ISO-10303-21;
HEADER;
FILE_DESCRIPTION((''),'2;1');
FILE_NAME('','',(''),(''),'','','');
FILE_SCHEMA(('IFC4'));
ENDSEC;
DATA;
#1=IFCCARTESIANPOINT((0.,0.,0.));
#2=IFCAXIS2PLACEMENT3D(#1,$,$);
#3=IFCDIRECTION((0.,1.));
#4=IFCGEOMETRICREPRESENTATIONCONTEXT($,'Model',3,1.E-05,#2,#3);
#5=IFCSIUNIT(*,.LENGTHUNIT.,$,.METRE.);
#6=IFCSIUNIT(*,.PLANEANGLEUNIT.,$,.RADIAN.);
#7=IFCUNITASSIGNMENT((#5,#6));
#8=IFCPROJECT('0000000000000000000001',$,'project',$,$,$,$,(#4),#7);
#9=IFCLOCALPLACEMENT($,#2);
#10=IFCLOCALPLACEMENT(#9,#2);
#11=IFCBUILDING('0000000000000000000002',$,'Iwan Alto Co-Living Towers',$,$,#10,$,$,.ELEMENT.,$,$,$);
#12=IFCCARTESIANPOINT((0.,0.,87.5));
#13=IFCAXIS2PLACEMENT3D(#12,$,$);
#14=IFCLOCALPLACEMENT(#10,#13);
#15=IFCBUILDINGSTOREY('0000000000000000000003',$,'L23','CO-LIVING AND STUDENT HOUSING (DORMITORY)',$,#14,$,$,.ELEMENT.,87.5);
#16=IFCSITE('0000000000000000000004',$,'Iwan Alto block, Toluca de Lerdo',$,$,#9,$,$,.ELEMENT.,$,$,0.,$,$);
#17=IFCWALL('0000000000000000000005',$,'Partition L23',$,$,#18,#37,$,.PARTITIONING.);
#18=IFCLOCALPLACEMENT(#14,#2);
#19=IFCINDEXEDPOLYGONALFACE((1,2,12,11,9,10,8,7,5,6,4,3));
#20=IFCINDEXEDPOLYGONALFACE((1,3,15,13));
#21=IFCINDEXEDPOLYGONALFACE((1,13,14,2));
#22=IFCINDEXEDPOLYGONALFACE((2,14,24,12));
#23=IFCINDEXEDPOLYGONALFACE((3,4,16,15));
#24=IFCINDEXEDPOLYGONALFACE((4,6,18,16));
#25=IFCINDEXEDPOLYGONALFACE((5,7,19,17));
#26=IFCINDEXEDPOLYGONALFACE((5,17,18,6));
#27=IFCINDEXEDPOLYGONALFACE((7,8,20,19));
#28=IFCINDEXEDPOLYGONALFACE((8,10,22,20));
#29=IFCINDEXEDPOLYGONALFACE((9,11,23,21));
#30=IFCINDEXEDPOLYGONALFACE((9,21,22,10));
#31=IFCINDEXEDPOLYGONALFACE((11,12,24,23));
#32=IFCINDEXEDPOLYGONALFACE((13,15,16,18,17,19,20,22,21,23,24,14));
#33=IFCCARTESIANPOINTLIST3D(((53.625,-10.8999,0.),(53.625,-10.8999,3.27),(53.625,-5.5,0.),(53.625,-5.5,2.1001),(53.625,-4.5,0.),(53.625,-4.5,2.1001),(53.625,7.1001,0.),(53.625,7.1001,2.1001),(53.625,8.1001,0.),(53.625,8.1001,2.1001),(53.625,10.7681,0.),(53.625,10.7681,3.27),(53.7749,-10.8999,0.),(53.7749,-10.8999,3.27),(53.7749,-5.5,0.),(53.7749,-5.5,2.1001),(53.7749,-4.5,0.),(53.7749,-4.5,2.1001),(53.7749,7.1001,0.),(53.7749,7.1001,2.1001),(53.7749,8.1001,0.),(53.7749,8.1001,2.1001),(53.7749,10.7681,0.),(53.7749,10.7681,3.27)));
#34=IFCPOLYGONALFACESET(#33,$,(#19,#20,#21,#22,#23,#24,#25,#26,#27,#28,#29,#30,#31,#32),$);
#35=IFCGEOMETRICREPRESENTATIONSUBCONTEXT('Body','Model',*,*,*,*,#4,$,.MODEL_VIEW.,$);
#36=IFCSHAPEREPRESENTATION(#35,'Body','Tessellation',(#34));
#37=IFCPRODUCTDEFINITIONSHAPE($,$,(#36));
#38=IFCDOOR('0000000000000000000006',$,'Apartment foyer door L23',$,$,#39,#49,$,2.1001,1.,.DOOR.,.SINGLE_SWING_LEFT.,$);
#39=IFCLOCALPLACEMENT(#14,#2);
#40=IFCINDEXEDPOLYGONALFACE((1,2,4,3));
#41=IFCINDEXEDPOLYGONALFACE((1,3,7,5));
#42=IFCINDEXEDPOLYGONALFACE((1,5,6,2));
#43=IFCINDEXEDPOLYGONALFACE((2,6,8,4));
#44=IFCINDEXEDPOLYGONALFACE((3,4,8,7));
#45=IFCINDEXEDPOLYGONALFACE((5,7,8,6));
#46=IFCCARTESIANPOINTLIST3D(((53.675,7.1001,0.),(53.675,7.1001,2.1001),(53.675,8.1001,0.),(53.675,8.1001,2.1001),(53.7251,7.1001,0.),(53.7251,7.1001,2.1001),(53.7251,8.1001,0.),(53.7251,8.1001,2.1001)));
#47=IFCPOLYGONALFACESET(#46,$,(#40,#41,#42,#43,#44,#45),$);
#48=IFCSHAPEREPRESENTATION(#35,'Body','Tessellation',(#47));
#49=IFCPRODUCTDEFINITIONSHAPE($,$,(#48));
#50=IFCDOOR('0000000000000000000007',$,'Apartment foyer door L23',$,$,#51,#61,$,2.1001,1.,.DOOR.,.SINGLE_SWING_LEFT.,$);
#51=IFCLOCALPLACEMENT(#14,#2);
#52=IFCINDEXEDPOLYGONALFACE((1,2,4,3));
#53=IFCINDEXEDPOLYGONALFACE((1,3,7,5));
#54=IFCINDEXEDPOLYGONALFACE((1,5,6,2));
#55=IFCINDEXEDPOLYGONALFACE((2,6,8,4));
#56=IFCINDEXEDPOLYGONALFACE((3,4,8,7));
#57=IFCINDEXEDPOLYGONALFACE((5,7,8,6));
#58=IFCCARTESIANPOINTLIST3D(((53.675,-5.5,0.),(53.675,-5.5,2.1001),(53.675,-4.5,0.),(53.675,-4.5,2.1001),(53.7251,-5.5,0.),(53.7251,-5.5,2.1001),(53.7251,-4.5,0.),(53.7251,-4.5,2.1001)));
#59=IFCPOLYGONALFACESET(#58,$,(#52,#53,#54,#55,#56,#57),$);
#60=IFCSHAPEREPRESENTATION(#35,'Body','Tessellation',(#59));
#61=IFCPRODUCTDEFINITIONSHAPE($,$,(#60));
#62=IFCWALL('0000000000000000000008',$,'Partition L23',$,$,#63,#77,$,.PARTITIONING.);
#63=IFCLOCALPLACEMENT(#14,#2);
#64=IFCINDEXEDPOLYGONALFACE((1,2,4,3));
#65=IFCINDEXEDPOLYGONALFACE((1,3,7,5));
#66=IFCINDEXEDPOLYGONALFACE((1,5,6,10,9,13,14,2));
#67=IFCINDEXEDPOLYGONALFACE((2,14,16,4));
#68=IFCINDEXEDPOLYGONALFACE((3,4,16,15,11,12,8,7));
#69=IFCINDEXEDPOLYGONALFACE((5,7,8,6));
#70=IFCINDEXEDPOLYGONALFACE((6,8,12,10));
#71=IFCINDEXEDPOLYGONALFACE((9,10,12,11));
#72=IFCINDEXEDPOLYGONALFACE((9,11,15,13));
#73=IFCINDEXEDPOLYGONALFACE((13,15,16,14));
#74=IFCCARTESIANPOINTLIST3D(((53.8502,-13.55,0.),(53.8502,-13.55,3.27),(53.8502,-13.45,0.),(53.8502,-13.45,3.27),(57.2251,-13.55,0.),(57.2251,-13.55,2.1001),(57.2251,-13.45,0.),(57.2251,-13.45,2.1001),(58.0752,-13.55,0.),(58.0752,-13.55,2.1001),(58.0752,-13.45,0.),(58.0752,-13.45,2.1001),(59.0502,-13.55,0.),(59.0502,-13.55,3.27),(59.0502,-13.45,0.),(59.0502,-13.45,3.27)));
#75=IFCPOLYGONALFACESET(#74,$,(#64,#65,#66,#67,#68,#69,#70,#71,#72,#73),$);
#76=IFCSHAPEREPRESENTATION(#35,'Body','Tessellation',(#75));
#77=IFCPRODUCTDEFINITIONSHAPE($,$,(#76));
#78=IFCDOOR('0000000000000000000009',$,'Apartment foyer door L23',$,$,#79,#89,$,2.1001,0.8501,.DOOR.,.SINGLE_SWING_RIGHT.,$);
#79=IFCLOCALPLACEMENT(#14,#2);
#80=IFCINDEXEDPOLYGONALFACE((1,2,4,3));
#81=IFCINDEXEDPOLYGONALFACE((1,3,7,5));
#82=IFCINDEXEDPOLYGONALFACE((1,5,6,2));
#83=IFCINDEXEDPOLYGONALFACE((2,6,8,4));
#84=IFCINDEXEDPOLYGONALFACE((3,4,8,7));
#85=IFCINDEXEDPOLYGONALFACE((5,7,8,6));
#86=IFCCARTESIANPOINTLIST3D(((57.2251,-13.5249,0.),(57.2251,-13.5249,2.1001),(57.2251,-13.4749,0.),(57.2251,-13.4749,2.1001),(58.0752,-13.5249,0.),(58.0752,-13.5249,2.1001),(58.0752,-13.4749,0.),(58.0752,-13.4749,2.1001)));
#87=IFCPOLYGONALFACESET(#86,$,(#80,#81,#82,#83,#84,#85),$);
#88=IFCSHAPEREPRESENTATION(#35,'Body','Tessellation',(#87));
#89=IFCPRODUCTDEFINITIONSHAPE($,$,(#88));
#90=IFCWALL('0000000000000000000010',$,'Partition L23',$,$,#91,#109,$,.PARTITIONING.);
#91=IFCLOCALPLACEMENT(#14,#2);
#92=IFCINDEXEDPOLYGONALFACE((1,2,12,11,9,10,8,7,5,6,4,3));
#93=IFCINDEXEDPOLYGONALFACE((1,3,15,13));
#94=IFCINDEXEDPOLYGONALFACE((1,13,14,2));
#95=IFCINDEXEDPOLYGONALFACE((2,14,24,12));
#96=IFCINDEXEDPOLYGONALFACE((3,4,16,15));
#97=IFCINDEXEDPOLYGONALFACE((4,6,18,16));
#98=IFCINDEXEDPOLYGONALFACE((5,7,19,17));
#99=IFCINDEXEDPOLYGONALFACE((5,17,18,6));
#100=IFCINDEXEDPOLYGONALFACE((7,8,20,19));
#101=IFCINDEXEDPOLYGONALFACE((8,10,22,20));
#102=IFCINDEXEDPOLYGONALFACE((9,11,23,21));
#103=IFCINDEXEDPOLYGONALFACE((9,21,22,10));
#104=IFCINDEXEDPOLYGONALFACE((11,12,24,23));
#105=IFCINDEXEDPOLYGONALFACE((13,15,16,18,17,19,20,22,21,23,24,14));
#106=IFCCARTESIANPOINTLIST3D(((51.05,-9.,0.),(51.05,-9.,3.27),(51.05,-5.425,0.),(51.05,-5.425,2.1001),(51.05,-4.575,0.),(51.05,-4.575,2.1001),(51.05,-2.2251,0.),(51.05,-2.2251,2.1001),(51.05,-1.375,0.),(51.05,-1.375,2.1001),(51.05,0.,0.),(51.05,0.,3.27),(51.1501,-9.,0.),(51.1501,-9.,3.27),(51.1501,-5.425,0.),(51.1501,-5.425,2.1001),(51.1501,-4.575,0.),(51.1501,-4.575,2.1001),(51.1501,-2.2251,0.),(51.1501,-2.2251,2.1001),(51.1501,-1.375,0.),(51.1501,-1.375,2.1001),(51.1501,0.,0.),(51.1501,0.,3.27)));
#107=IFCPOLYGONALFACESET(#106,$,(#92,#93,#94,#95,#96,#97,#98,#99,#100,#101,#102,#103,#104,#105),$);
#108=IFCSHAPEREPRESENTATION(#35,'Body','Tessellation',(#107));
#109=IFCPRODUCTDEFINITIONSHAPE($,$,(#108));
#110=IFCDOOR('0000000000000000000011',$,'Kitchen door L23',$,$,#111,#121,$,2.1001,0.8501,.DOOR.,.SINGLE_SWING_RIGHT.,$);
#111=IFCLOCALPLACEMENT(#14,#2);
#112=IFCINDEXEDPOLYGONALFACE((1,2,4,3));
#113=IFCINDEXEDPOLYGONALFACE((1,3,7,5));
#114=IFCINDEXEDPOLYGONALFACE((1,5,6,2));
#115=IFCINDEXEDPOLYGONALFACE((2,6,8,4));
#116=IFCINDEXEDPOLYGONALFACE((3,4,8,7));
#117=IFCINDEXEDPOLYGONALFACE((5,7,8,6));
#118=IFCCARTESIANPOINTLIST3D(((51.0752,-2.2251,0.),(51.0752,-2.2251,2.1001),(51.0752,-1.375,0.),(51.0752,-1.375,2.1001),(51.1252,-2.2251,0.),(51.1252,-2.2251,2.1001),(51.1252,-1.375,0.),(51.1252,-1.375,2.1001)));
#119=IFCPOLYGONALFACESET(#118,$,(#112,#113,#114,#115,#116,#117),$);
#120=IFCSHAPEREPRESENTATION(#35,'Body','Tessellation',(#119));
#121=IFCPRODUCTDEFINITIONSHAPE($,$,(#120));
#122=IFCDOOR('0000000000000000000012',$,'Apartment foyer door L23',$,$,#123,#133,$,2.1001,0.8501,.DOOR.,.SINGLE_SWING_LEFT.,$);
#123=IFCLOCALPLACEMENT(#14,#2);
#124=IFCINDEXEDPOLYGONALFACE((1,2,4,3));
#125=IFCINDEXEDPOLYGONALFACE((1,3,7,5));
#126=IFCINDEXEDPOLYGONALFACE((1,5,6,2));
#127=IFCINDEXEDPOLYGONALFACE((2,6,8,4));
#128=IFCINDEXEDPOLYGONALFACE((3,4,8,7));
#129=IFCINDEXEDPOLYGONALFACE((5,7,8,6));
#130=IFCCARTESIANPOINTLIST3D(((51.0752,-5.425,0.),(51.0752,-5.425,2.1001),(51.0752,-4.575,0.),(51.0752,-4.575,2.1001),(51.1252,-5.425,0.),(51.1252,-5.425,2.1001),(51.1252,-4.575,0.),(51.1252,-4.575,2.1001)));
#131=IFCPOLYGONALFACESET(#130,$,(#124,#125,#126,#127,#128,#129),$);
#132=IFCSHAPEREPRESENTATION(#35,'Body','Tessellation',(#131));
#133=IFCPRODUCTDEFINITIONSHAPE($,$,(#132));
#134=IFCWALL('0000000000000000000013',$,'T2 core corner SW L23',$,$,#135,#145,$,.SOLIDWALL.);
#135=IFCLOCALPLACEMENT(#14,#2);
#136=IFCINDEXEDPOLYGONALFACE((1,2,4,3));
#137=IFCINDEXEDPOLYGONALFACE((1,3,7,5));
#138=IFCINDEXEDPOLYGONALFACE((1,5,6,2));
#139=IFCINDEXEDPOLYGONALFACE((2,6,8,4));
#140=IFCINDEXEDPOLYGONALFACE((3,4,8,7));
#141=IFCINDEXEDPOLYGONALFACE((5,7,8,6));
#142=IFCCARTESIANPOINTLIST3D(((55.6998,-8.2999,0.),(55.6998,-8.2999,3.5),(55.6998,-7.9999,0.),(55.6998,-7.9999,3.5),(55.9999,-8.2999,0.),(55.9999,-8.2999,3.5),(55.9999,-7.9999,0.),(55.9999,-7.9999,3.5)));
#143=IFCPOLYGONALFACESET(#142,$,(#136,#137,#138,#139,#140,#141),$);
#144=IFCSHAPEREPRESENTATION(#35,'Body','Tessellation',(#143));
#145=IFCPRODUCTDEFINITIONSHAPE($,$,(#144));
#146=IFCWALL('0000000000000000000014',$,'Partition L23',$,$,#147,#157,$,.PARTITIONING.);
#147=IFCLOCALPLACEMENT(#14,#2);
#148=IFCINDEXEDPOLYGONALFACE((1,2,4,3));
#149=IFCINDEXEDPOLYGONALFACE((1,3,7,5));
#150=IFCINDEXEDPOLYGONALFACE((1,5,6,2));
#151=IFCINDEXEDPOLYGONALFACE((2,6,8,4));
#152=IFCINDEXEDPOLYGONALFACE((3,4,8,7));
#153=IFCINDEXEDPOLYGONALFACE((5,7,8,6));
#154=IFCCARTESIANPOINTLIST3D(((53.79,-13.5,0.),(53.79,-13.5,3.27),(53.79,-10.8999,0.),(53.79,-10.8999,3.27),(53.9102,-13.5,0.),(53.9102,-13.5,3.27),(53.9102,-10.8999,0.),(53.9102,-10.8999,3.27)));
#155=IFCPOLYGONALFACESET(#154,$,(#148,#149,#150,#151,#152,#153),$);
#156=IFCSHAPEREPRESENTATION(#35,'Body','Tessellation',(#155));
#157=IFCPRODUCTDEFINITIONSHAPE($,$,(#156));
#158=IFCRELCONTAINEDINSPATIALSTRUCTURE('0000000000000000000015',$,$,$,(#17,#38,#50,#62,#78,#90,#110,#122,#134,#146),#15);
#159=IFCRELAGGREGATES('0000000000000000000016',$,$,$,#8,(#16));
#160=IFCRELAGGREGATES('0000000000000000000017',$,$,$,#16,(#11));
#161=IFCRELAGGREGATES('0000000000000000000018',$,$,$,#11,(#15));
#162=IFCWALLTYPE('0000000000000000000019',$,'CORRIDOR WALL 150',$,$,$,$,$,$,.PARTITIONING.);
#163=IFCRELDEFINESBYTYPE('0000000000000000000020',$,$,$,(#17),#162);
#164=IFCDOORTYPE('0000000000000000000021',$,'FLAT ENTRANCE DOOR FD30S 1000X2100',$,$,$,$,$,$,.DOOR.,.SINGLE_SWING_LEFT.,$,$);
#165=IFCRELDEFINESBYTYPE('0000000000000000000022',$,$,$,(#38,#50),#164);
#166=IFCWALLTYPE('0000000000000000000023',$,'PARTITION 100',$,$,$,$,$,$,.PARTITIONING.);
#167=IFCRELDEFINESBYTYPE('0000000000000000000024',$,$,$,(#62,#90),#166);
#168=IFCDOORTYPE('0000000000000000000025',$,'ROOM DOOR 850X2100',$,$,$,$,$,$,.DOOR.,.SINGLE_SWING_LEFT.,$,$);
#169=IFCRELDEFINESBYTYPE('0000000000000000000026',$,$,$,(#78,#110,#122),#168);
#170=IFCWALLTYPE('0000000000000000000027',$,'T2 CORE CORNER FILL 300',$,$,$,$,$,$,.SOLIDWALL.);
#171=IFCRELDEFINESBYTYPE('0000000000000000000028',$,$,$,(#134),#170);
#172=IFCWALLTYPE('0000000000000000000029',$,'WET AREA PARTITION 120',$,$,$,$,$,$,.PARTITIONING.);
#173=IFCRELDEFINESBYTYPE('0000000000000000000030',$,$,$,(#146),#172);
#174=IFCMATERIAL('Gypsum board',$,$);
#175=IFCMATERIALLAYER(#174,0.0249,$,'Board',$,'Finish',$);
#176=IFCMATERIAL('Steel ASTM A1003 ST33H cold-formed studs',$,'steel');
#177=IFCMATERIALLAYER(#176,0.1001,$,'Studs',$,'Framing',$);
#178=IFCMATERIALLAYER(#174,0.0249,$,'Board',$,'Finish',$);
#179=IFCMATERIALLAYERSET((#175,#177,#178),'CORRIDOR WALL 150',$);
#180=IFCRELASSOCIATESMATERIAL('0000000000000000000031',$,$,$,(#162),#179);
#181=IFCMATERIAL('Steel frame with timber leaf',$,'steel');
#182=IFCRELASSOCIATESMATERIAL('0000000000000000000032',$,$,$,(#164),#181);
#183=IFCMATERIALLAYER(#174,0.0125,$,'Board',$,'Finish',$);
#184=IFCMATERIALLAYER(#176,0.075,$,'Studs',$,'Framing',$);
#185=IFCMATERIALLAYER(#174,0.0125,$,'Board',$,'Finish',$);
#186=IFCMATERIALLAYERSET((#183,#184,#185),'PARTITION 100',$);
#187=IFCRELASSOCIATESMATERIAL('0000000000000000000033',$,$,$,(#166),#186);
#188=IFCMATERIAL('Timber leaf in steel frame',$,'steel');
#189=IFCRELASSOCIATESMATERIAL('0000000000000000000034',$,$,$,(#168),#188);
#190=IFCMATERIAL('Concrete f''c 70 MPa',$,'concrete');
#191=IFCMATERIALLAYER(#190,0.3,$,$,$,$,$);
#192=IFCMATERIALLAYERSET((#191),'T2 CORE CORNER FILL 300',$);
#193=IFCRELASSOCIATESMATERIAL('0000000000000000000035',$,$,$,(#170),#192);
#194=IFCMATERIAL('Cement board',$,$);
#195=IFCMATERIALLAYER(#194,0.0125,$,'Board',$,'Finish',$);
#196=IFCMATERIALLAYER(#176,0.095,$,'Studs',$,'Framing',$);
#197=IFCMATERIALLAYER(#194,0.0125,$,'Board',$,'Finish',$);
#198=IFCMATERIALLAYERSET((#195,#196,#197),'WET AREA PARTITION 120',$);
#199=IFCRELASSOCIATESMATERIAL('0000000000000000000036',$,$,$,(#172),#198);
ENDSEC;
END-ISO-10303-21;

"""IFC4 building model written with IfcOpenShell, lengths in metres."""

from ifc_helpers import new_model, si_unit, direction, frame, frame_2d, origin, place, context, subcontext, project, spatial, rectangle, extrude, material, layer, layer_set, type_object, element, fill, save


model = new_model("IFC4")

# Units and contexts
model_context = context("Model", 3, precision=1e-05, world=origin(), true_north=direction((0.0, 1.0)))
body_context = subcontext(model_context, "Body", "Model", "MODEL_VIEW")
ifc_project = project(units=[si_unit("LENGTHUNIT", "METRE"), si_unit("PLANEANGLEUNIT", "RADIAN")], contexts=[model_context])

# Site, building, storey
site_placement = place(None, origin())
site = spatial("IfcSite", under=ifc_project, at=site_placement, Name="Iwan Alto block, Toluca de Lerdo", CompositionType="ELEMENT", RefElevation=0.0)
building_placement = place(site_placement, origin())
building = spatial("IfcBuilding", under=site, at=building_placement, Name="Iwan Alto Co-Living Towers", CompositionType="ELEMENT")
storey_placement = place(building_placement, frame((0.0, 0.0, 87.5)))
storey = spatial("IfcBuildingStorey", under=building, at=storey_placement, Name="L23", Description="CO-LIVING AND STUDENT HOUSING (DORMITORY)", CompositionType="ELEMENT", Elevation=87.5)

# Wall, openings, doors
ifc_material_1 = material(Name="Gypsum board")
ifc_layer_1 = layer(ifc_material_1, 0.0249, Name="Board", Category="Finish")
ifc_material_2 = material(Name="Steel ASTM A1003 ST33H cold-formed studs", Category="steel")
ifc_layer_2 = layer(ifc_material_2, 0.1001, Name="Studs", Category="Framing")
ifc_layer_3 = layer(ifc_material_1, 0.0249, Name="Board", Category="Finish")
ifc_layer_set_1 = layer_set([ifc_layer_1, ifc_layer_2, ifc_layer_3], Name="CORRIDOR WALL 150")
wall_type_1 = type_object("IfcWallType", Name="CORRIDOR WALL 150", PredefinedType="PARTITIONING", material=ifc_layer_set_1)
ifc_material_3 = material(Name="Steel frame with timber leaf", Category="steel")
door_type_1 = type_object("IfcDoorType", Name="FLAT ENTRANCE DOOR FD30S 1000X2100", OperationType="SINGLE_SWING_LEFT", PredefinedType="DOOR", material=ifc_material_3)
wall_1_placement = place(storey_placement, frame((53.7, -10.8999, 0.0), z_axis=(0.0, 0.0, 1.0), x_axis=(0.0, 1.0, 0.0)))
wall_1 = element("IfcWall", 1, at=wall_1_placement, inside=storey, type_object=wall_type_1, Name="Partition L23", PredefinedType="PARTITIONING", context=body_context, shape_type="SweptSolid", body=[
    extrude(rectangle(XDim=21.668, YDim=0.1499, at=frame_2d((10.834, 0.0))), origin(), (0.0, 0.0, 1.0), 3.27),
])
opening_1_placement = place(wall_1_placement, frame((18.0, 0.0, 0.0)))
opening_1 = element("IfcOpeningElement", 2, at=opening_1_placement, cuts=wall_1, PredefinedType="OPENING", context=body_context, shape_type="SweptSolid", body=[
    extrude(rectangle(XDim=1.0, YDim=2.1001, at=frame_2d((0.5, 1.05))), frame((0.0, 0.085, 0.0), z_axis=(0.0, -1.0, 0.0), x_axis=(1.0, 0.0, 0.0)), (0.0, 0.0, 1.0), 0.1699),
])
opening_2_placement = place(wall_1_placement, frame((5.3999, 0.0, 0.0)))
opening_2 = element("IfcOpeningElement", 3, at=opening_2_placement, cuts=wall_1, PredefinedType="OPENING", context=body_context, shape_type="SweptSolid", body=[
    extrude(rectangle(XDim=1.0, YDim=2.1001, at=frame_2d((0.5, 1.05))), frame((0.0, 0.085, 0.0), z_axis=(0.0, -1.0, 0.0), x_axis=(1.0, 0.0, 0.0)), (0.0, 0.0, 1.0), 0.1699),
])
door_1_placement = place(opening_1_placement, origin())
door_1 = element("IfcDoor", 4, at=door_1_placement, inside=storey, type_object=door_type_1, Name="Apartment foyer door L23", OperationType="SINGLE_SWING_LEFT", OverallHeight=2.1001, OverallWidth=1.0, PredefinedType="DOOR", context=body_context, shape_type="SweptSolid", body=[
    extrude(rectangle(XDim=1.0, YDim=2.1001, at=frame_2d((0.5, 1.05))), frame((0.0, 0.0249, 0.0), z_axis=(0.0, -1.0, 0.0), x_axis=(1.0, 0.0, 0.0)), (0.0, 0.0, 1.0), 0.05),
])
fill(opening_1, door_1)
door_2_placement = place(opening_2_placement, origin())
door_2 = element("IfcDoor", 5, at=door_2_placement, inside=storey, type_object=door_type_1, Name="Apartment foyer door L23", OperationType="SINGLE_SWING_LEFT", OverallHeight=2.1001, OverallWidth=1.0, PredefinedType="DOOR", context=body_context, shape_type="SweptSolid", body=[
    extrude(rectangle(XDim=1.0, YDim=2.1001, at=frame_2d((0.5, 1.05))), frame((0.0, 0.0249, 0.0), z_axis=(0.0, -1.0, 0.0), x_axis=(1.0, 0.0, 0.0)), (0.0, 0.0, 1.0), 0.05),
])
fill(opening_2, door_2)

# Wall, opening, door
ifc_layer_4 = layer(ifc_material_1, 0.0125, Name="Board", Category="Finish")
ifc_layer_5 = layer(ifc_material_2, 0.075, Name="Studs", Category="Framing")
ifc_layer_6 = layer(ifc_material_1, 0.0125, Name="Board", Category="Finish")
ifc_layer_set_2 = layer_set([ifc_layer_4, ifc_layer_5, ifc_layer_6], Name="PARTITION 100")
wall_type_2 = type_object("IfcWallType", Name="PARTITION 100", PredefinedType="PARTITIONING", material=ifc_layer_set_2)
wall_2_placement = place(storey_placement, frame((53.8501, -13.5, 0.0), z_axis=(0.0, 0.0, 1.0), x_axis=(1.0, 0.0, 0.0)))
wall_2 = element("IfcWall", 6, at=wall_2_placement, inside=storey, type_object=wall_type_2, Name="Partition L23", PredefinedType="PARTITIONING", context=body_context, shape_type="SweptSolid", body=[
    extrude(rectangle(XDim=5.2, YDim=0.1001, at=frame_2d((2.6001, 0.0))), origin(), (0.0, 0.0, 1.0), 3.27),
])
opening_3_placement = place(wall_2_placement, frame((3.375, 0.0, 0.0)))
opening_3 = element("IfcOpeningElement", 7, at=opening_3_placement, cuts=wall_2, PredefinedType="OPENING", context=body_context, shape_type="SweptSolid", body=[
    extrude(rectangle(XDim=0.8501, YDim=2.1001, at=frame_2d((0.425, 1.05))), frame((0.0, 0.0601, 0.0), z_axis=(0.0, -1.0, 0.0), x_axis=(1.0, 0.0, 0.0)), (0.0, 0.0, 1.0), 0.1201),
])
ifc_material_4 = material(Name="Timber leaf in steel frame", Category="steel")
door_type_2 = type_object("IfcDoorType", Name="ROOM DOOR 850X2100", OperationType="SINGLE_SWING_LEFT", PredefinedType="DOOR", material=ifc_material_4)
door_3_placement = place(opening_3_placement, frame((0.8501, 0.0, 0.0), z_axis=(0.0, 0.0, 1.0), x_axis=(-1.0, 0.0, 0.0)))
door_3 = element("IfcDoor", 8, at=door_3_placement, inside=storey, type_object=door_type_2, Name="Apartment foyer door L23", OperationType="SINGLE_SWING_RIGHT", OverallHeight=2.1001, OverallWidth=0.8501, PredefinedType="DOOR", context=body_context, shape_type="SweptSolid", body=[
    extrude(rectangle(XDim=0.8501, YDim=2.1001, at=frame_2d((0.425, 1.05))), frame((0.0, 0.0249, 0.0), z_axis=(0.0, -1.0, 0.0), x_axis=(1.0, 0.0, 0.0)), (0.0, 0.0, 1.0), 0.05),
])
fill(opening_3, door_3)

# Wall, openings, doors
wall_3_placement = place(storey_placement, frame((51.1001, -9.0, 0.0), z_axis=(0.0, 0.0, 1.0), x_axis=(0.0, 1.0, 0.0)))
wall_3 = element("IfcWall", 9, at=wall_3_placement, inside=storey, type_object=wall_type_2, Name="Partition L23", PredefinedType="PARTITIONING", context=body_context, shape_type="SweptSolid", body=[
    extrude(rectangle(XDim=9.0, YDim=0.1001, at=frame_2d((4.5, 0.0))), origin(), (0.0, 0.0, 1.0), 3.27),
])
opening_4_placement = place(wall_3_placement, frame((6.7749, 0.0, 0.0)))
opening_4 = element("IfcOpeningElement", 10, at=opening_4_placement, cuts=wall_3, PredefinedType="OPENING", context=body_context, shape_type="SweptSolid", body=[
    extrude(rectangle(XDim=0.8501, YDim=2.1001, at=frame_2d((0.425, 1.05))), frame((0.0, 0.0601, 0.0), z_axis=(0.0, -1.0, 0.0), x_axis=(1.0, 0.0, 0.0)), (0.0, 0.0, 1.0), 0.1201),
])
opening_5_placement = place(wall_3_placement, frame((3.575, 0.0, 0.0)))
opening_5 = element("IfcOpeningElement", 11, at=opening_5_placement, cuts=wall_3, PredefinedType="OPENING", context=body_context, shape_type="SweptSolid", body=[
    extrude(rectangle(XDim=0.8501, YDim=2.1001, at=frame_2d((0.425, 1.05))), frame((0.0, 0.0601, 0.0), z_axis=(0.0, -1.0, 0.0), x_axis=(1.0, 0.0, 0.0)), (0.0, 0.0, 1.0), 0.1201),
])
door_4_placement = place(opening_4_placement, origin())
door_4 = element("IfcDoor", 12, at=door_4_placement, inside=storey, type_object=door_type_2, Name="Kitchen door L23", OperationType="SINGLE_SWING_RIGHT", OverallHeight=2.1001, OverallWidth=0.8501, PredefinedType="DOOR", context=body_context, shape_type="SweptSolid", body=[
    extrude(rectangle(XDim=0.8501, YDim=2.1001, at=frame_2d((0.425, 1.05))), frame((0.0, 0.0249, 0.0), z_axis=(0.0, -1.0, 0.0), x_axis=(1.0, 0.0, 0.0)), (0.0, 0.0, 1.0), 0.05),
])
fill(opening_4, door_4)
door_5_placement = place(opening_5_placement, origin())
door_5 = element("IfcDoor", 13, at=door_5_placement, inside=storey, type_object=door_type_2, Name="Apartment foyer door L23", OperationType="SINGLE_SWING_LEFT", OverallHeight=2.1001, OverallWidth=0.8501, PredefinedType="DOOR", context=body_context, shape_type="SweptSolid", body=[
    extrude(rectangle(XDim=0.8501, YDim=2.1001, at=frame_2d((0.425, 1.05))), frame((0.0, 0.0249, 0.0), z_axis=(0.0, -1.0, 0.0), x_axis=(1.0, 0.0, 0.0)), (0.0, 0.0, 1.0), 0.05),
])
fill(opening_5, door_5)

# Walls
ifc_material_5 = material(Name="Concrete f'c 70 MPa", Category="concrete")
ifc_layer_7 = layer(ifc_material_5, 0.3)
ifc_layer_set_3 = layer_set([ifc_layer_7], Name="T2 CORE CORNER FILL 300")
wall_type_3 = type_object("IfcWallType", Name="T2 CORE CORNER FILL 300", PredefinedType="SOLIDWALL", material=ifc_layer_set_3)
wall_4_placement = place(storey_placement, frame((55.7, -8.1499, 0.0), z_axis=(0.0, 0.0, 1.0), x_axis=(1.0, 0.0, 0.0)))
element("IfcWall", 14, at=wall_4_placement, inside=storey, type_object=wall_type_3, Name="T2 core corner SW L23", PredefinedType="SOLIDWALL", context=body_context, shape_type="SweptSolid", body=[
    extrude(rectangle(XDim=0.3, YDim=0.3, at=frame_2d((0.1499, 0.0))), origin(), (0.0, 0.0, 1.0), 3.5),
])
ifc_material_6 = material(Name="Cement board")
ifc_layer_8 = layer(ifc_material_6, 0.0125, Name="Board", Category="Finish")
ifc_layer_9 = layer(ifc_material_2, 0.095, Name="Studs", Category="Framing")
ifc_layer_10 = layer(ifc_material_6, 0.0125, Name="Board", Category="Finish")
ifc_layer_set_4 = layer_set([ifc_layer_8, ifc_layer_9, ifc_layer_10], Name="WET AREA PARTITION 120")
wall_type_4 = type_object("IfcWallType", Name="WET AREA PARTITION 120", PredefinedType="PARTITIONING", material=ifc_layer_set_4)
wall_5_placement = place(storey_placement, frame((53.8501, -13.5, 0.0), z_axis=(0.0, 0.0, 1.0), x_axis=(0.0, 1.0, 0.0)))
element("IfcWall", 15, at=wall_5_placement, inside=storey, type_object=wall_type_4, Name="Partition L23", PredefinedType="PARTITIONING", context=body_context, shape_type="SweptSolid", body=[
    extrude(rectangle(XDim=2.6001, YDim=0.1201, at=frame_2d((1.3, 0.0))), origin(), (0.0, 0.0, 1.0), 3.27),
])

save(model, "model.ifc")
